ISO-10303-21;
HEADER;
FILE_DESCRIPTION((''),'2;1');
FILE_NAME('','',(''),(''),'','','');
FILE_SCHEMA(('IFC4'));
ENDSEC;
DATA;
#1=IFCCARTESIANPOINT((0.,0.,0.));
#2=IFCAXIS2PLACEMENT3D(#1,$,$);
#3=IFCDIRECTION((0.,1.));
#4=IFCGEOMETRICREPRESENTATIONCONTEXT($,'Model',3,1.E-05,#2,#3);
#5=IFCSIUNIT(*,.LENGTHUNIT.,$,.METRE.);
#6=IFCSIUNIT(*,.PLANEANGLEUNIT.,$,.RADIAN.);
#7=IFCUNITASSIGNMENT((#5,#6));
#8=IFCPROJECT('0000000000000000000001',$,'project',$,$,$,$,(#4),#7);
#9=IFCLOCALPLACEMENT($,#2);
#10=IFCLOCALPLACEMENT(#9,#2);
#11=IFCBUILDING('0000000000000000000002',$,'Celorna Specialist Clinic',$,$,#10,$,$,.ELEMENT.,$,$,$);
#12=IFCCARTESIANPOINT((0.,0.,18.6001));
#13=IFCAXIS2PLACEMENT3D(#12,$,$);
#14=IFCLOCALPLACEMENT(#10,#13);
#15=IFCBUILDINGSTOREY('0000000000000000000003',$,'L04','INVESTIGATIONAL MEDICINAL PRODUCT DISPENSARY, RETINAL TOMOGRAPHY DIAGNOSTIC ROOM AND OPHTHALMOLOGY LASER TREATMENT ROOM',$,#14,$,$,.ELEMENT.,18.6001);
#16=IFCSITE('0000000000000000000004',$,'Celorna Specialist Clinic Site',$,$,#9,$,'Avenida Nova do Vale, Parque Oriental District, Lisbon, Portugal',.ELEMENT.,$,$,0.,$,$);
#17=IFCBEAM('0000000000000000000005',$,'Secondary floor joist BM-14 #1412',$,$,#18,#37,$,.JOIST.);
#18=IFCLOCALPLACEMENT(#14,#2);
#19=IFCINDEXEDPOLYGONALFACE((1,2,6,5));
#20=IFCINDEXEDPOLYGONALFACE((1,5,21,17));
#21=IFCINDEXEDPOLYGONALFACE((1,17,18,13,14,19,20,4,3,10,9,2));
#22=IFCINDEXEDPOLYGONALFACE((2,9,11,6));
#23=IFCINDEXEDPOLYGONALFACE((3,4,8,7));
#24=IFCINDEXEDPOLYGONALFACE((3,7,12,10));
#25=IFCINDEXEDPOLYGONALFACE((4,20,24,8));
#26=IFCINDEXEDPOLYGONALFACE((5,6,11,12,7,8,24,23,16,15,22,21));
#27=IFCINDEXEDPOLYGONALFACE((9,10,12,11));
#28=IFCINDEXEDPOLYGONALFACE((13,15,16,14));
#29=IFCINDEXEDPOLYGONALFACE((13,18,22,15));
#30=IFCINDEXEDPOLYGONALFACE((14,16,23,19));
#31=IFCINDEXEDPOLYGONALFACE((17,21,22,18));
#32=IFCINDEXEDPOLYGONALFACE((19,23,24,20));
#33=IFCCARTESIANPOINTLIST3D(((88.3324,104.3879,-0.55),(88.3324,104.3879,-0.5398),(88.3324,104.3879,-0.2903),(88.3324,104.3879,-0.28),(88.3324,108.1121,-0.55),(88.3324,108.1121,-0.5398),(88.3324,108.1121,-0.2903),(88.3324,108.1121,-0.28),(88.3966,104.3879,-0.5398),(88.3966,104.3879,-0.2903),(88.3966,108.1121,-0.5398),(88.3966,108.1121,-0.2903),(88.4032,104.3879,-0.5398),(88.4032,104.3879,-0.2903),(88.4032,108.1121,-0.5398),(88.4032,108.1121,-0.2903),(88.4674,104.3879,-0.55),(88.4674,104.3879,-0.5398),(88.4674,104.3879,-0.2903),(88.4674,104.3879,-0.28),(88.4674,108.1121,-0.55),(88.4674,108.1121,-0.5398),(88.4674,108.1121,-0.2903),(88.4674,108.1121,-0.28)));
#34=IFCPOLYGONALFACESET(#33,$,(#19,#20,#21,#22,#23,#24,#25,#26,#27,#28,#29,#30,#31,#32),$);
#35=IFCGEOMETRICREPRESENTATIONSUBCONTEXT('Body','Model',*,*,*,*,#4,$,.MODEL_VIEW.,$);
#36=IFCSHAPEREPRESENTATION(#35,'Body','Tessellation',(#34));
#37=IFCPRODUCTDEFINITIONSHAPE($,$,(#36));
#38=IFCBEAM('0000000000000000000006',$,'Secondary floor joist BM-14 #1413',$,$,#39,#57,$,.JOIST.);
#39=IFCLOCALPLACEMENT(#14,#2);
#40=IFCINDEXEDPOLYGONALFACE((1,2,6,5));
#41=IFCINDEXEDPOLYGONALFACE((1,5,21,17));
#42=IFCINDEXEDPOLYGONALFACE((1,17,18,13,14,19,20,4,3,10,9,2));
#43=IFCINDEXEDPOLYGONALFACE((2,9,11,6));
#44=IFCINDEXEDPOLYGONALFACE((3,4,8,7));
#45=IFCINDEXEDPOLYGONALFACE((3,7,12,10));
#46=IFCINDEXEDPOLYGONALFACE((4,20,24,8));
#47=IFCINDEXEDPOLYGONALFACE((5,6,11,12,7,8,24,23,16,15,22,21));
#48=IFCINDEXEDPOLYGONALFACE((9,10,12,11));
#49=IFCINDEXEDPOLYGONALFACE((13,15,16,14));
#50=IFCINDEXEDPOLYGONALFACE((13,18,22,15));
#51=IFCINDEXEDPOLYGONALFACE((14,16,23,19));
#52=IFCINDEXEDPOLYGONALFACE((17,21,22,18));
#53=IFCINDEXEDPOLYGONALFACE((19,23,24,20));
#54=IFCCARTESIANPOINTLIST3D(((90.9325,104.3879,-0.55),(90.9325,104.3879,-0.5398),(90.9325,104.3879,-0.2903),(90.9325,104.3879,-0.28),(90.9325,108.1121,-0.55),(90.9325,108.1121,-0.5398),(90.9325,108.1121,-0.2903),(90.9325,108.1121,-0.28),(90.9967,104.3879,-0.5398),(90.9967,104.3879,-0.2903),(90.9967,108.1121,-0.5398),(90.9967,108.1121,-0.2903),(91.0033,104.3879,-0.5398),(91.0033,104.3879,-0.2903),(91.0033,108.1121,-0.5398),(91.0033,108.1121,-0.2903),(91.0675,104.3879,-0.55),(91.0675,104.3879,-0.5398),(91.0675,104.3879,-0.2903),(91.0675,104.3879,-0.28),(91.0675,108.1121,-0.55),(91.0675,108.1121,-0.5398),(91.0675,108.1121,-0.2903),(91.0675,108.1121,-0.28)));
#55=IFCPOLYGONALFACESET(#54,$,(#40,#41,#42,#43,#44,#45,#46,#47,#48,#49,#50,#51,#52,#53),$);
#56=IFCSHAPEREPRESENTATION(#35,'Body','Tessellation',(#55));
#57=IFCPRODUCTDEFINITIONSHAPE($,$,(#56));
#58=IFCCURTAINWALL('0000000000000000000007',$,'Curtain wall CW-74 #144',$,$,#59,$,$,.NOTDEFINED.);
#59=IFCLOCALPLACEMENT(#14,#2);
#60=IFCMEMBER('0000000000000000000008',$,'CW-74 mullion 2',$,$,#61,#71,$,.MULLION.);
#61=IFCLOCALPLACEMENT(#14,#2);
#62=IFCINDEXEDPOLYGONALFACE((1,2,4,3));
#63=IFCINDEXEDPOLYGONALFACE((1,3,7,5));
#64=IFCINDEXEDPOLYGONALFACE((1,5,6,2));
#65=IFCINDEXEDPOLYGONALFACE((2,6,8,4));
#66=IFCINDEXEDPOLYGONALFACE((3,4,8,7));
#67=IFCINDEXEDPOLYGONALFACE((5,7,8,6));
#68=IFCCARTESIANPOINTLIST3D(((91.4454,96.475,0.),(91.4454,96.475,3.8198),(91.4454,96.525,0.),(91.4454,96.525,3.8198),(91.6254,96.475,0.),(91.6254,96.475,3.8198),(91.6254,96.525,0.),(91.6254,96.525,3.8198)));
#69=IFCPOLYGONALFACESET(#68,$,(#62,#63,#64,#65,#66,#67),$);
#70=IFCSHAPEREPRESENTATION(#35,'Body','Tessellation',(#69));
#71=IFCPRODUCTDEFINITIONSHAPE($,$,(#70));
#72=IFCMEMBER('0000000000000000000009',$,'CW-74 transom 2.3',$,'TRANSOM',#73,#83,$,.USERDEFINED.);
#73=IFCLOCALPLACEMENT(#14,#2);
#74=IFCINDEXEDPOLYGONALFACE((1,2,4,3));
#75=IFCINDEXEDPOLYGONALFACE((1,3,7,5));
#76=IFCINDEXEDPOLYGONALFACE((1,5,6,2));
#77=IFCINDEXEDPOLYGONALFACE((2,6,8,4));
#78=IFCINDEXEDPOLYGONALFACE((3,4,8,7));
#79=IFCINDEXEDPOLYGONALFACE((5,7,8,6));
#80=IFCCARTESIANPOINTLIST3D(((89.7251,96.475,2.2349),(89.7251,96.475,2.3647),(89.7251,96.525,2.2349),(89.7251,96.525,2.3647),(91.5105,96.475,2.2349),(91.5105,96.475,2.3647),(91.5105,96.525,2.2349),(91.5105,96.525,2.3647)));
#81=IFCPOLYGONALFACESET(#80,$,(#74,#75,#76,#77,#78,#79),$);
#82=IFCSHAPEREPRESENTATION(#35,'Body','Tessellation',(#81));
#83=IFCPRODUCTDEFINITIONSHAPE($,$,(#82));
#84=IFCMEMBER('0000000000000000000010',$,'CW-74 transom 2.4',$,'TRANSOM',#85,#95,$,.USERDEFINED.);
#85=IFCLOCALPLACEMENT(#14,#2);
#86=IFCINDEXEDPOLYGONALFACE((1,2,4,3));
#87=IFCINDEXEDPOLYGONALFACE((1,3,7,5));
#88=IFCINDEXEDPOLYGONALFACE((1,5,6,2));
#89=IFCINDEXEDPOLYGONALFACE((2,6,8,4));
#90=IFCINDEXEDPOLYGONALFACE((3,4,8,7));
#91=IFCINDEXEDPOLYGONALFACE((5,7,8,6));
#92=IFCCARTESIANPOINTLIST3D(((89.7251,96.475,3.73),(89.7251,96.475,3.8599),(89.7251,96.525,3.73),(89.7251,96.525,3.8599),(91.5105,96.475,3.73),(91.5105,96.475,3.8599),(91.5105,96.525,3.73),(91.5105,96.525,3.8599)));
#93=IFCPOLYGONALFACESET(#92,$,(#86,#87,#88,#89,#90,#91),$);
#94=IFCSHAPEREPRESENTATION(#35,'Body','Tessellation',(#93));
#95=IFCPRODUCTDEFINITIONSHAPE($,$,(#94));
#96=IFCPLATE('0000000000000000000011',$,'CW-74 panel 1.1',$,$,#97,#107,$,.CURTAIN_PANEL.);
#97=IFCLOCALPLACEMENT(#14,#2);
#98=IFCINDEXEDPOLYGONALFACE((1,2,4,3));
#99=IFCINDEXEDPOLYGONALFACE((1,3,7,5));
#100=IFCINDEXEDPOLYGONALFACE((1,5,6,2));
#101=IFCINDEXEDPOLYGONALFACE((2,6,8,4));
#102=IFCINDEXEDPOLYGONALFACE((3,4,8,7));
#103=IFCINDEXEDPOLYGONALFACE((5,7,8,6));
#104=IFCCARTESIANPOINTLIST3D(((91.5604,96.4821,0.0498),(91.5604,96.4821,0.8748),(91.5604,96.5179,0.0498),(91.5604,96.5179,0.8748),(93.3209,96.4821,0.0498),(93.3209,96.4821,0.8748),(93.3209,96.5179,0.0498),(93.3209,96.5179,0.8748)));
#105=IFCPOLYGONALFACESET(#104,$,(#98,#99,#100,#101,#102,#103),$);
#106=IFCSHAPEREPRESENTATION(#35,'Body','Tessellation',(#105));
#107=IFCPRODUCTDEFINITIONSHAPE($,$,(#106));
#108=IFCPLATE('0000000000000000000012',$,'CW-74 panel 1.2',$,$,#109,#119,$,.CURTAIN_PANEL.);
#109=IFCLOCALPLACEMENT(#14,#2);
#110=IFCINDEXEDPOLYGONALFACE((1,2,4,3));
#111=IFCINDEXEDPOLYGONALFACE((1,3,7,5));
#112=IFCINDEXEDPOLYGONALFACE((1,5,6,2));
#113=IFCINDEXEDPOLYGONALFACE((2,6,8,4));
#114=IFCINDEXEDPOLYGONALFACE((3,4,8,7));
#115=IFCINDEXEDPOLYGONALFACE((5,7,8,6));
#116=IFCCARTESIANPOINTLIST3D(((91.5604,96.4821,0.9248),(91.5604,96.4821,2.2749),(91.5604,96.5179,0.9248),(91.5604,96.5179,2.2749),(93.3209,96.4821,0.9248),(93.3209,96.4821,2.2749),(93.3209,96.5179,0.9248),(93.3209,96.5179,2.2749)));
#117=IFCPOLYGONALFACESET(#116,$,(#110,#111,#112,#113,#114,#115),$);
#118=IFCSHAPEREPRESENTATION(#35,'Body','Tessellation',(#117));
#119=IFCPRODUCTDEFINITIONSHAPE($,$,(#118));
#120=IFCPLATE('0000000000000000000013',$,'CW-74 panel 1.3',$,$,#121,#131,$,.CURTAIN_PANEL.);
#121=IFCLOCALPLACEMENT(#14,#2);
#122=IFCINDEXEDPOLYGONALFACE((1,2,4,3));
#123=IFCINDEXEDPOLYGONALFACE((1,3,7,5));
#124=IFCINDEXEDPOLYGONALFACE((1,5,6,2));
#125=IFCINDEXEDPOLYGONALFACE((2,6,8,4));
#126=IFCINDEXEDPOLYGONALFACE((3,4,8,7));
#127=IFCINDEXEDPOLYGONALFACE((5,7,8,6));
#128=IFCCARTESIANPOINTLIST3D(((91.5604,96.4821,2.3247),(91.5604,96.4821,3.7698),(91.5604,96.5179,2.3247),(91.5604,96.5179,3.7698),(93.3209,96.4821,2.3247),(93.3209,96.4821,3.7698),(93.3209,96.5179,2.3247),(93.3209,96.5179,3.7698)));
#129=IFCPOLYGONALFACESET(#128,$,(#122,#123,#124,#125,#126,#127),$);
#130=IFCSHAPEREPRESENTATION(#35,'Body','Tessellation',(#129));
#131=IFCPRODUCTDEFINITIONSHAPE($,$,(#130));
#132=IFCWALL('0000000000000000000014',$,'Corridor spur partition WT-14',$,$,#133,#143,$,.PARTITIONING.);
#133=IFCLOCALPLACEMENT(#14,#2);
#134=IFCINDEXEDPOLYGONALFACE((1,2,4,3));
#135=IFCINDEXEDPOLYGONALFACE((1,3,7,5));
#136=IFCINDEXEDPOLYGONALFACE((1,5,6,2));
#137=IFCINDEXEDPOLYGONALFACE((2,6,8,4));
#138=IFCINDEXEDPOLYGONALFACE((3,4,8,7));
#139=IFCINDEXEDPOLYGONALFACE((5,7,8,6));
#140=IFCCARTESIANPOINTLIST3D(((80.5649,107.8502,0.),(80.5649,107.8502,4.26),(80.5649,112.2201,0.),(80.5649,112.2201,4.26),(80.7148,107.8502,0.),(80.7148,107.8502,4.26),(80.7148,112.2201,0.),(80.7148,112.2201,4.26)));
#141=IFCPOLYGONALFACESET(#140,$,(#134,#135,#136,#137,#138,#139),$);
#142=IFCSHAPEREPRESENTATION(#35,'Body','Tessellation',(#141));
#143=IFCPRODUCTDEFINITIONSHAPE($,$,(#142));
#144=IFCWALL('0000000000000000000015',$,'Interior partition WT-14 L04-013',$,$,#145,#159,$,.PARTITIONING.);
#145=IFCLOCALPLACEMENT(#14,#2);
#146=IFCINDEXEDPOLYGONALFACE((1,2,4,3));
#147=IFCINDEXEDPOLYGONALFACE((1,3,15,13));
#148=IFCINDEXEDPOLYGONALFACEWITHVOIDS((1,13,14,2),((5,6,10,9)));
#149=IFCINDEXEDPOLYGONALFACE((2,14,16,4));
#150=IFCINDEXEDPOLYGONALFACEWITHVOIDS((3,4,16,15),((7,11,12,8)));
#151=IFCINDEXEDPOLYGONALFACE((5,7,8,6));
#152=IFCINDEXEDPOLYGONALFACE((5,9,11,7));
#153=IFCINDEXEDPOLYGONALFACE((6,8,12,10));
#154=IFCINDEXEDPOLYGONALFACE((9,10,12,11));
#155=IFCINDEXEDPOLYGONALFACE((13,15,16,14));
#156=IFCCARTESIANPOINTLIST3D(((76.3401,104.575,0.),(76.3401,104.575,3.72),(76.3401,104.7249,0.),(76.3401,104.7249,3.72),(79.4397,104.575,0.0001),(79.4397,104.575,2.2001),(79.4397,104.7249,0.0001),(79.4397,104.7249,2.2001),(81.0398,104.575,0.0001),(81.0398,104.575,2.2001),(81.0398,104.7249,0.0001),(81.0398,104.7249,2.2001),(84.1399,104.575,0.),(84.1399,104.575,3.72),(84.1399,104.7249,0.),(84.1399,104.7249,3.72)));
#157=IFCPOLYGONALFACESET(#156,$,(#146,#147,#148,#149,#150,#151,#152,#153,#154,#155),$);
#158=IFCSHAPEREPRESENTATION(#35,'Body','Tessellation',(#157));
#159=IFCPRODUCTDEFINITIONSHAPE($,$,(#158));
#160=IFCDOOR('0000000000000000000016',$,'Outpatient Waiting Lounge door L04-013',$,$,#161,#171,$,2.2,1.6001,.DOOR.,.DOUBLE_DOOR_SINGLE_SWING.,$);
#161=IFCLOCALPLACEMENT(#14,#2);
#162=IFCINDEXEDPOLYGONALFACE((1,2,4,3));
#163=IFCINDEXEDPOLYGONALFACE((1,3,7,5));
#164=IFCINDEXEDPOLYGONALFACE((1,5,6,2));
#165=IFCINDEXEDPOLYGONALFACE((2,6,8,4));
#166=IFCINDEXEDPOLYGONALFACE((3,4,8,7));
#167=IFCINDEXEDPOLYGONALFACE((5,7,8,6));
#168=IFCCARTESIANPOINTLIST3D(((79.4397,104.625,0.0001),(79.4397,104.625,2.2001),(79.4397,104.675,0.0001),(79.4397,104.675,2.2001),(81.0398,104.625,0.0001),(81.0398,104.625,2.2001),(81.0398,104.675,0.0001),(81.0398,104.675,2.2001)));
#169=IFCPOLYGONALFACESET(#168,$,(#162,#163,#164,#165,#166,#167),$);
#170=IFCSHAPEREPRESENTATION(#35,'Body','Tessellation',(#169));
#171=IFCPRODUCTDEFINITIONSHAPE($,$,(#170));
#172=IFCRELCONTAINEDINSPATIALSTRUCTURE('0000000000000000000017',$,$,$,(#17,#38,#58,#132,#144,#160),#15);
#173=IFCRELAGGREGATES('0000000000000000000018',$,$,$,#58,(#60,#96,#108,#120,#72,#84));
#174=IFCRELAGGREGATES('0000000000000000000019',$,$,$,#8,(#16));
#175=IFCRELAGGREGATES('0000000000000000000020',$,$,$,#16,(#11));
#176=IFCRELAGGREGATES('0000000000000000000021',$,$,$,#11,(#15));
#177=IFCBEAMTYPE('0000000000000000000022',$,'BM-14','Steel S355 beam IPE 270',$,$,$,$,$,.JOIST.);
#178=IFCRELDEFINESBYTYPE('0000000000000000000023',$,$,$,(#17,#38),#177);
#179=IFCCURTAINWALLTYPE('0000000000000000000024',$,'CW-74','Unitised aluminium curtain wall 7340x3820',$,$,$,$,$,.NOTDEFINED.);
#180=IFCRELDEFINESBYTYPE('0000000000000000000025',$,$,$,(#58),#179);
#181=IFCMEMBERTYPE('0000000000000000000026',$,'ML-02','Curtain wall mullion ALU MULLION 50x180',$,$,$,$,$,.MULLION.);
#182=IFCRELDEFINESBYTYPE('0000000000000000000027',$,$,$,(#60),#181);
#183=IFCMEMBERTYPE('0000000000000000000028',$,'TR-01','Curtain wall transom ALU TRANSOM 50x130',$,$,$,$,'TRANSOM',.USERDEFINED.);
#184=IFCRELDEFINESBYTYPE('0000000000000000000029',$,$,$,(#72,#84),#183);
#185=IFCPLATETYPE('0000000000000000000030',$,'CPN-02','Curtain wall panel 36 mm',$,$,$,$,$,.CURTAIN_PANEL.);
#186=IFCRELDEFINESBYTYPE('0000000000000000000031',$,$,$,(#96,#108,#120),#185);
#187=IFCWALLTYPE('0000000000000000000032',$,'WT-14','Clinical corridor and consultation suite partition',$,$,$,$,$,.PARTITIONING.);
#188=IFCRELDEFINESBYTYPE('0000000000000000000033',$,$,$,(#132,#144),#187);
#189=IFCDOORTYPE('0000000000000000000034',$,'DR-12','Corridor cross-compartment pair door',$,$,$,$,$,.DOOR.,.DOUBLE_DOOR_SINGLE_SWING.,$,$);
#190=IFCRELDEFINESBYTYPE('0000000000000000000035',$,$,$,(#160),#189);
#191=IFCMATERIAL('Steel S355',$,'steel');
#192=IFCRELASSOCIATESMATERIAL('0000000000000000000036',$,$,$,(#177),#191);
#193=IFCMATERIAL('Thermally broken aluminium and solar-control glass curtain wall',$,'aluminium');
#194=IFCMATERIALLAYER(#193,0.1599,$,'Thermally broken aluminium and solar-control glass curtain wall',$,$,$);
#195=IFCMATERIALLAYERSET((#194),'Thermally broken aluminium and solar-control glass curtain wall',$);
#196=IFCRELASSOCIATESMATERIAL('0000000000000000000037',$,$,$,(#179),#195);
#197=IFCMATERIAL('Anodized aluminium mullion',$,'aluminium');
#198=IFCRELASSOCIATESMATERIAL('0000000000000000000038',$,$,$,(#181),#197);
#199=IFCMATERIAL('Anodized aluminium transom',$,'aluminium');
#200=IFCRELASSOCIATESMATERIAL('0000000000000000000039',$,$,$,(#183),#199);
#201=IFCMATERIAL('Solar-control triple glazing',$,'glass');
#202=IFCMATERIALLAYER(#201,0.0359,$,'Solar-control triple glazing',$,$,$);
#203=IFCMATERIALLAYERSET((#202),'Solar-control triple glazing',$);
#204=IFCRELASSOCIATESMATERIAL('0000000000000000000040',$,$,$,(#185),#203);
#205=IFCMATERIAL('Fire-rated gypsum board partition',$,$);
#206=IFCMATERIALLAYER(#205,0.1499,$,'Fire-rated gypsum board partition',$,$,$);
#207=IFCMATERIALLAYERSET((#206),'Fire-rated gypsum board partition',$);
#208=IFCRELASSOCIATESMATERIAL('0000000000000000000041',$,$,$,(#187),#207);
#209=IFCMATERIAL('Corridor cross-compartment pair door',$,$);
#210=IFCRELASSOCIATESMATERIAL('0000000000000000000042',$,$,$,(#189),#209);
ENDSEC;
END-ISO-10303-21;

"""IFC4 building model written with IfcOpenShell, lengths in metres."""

from ifc_helpers import new_model, si_unit, direction, frame, frame_2d, origin, origin_2d, place, context, subcontext, project, spatial, rectangle, i_section, extrude, material, layer, layer_set, material_profile, profile_set, type_object, element, fill, aggregate, save


model = new_model("IFC4")

# Units and contexts
model_context = context("Model", 3, precision=1e-05, world=origin(), true_north=direction((0.0, 1.0)))
body_context = subcontext(model_context, "Body", "Model", "MODEL_VIEW")
ifc_project = project(units=[si_unit("LENGTHUNIT", "METRE"), si_unit("PLANEANGLEUNIT", "RADIAN")], contexts=[model_context])

# Site, building, storey
site_placement = place(None, origin())
site = spatial("IfcSite", under=ifc_project, at=site_placement, Name="Celorna Specialist Clinic Site", LongName="Avenida Nova do Vale, Parque Oriental District, Lisbon, Portugal", CompositionType="ELEMENT", RefElevation=0.0)
building_placement = place(site_placement, origin())
building = spatial("IfcBuilding", under=site, at=building_placement, Name="Celorna Specialist Clinic", CompositionType="ELEMENT")
storey_placement = place(building_placement, frame((0.0, 0.0, 18.6001)))
storey = spatial("IfcBuildingStorey", under=building, at=storey_placement, Name="L04", Description="INVESTIGATIONAL MEDICINAL PRODUCT DISPENSARY, RETINAL TOMOGRAPHY DIAGNOSTIC ROOM AND OPHTHALMOLOGY LASER TREATMENT ROOM", CompositionType="ELEMENT", Elevation=18.6001)

# Beams
ifc_material_1 = material(Name="Steel S355", Category="steel")
ifc_material_profile_1 = material_profile(ifc_material_1, i_section(OverallWidth=0.135, OverallDepth=0.27, WebThickness=0.0066, FlangeThickness=0.0103, at=origin_2d()), Name="IPE 270")
ifc_profile_set_1 = profile_set([ifc_material_profile_1], Name="Steel S355")
beam_type_1 = type_object("IfcBeamType", Name="BM-14", Description="Steel S355 beam IPE 270", PredefinedType="JOIST", material=ifc_profile_set_1)
for number, where, z_axis, x_axis, name in (
    (1, (88.3999, 104.3879, -0.415), (0.0, 1.0, 0.0), (-1.0, 0.0, 0.0), "Secondary floor joist BM-14 #1412"),
    (2, (91.0, 104.3879, -0.415), (0.0, 1.0, 0.0), (-1.0, 0.0, 0.0), "Secondary floor joist BM-14 #1413"),
):
    element("IfcBeam", number, at=place(storey_placement, frame(where, z_axis=z_axis, x_axis=x_axis)), inside=storey, type_object=beam_type_1, Name=name, PredefinedType="JOIST", context=body_context, shape_type="SweptSolid", body=[
        extrude(i_section(OverallWidth=0.135, OverallDepth=0.27, WebThickness=0.0066, FlangeThickness=0.0103, at=origin_2d()), origin(), (0.0, 0.0, 1.0), 3.7241),
    ])

# Curtain wall, members, plates
ifc_material_2 = material(Name="Thermally broken aluminium and solar-control glass curtain wall", Category="aluminium")
ifc_layer_1 = layer(ifc_material_2, 0.1599, Name="Thermally broken aluminium and solar-control glass curtain wall")
ifc_layer_set_1 = layer_set([ifc_layer_1], Name="Thermally broken aluminium and solar-control glass curtain wall")
curtain_wall_type = type_object("IfcCurtainWallType", Name="CW-74", Description="Unitised aluminium curtain wall 7340x3820", PredefinedType="NOTDEFINED", material=ifc_layer_set_1)
curtain_wall_placement = place(storey_placement, origin())
curtain_wall = element("IfcCurtainWall", 3, at=curtain_wall_placement, inside=storey, type_object=curtain_wall_type, Name="Curtain wall CW-74 #144", PredefinedType="NOTDEFINED")
ifc_material_3 = material(Name="Anodized aluminium mullion", Category="aluminium")
ifc_material_profile_2 = material_profile(ifc_material_3, rectangle(XDim=0.05, YDim=0.1799, at=origin_2d()), Name="ALU MULLION 50x180")
ifc_profile_set_2 = profile_set([ifc_material_profile_2], Name="Anodized aluminium mullion")
member_type_1 = type_object("IfcMemberType", Name="ML-02", Description="Curtain wall mullion ALU MULLION 50x180", PredefinedType="MULLION", material=ifc_profile_set_2)
member_1_placement = place(storey_placement, frame((91.5354, 96.5, 0.0), z_axis=(0.0, 0.0, 1.0), x_axis=(0.0, -1.0, 0.0)))
member_1 = element("IfcMember", 4, at=member_1_placement, type_object=member_type_1, Name="CW-74 mullion 2", PredefinedType="MULLION", context=body_context, shape_type="SweptSolid", body=[
    extrude(rectangle(XDim=0.05, YDim=0.1799, at=origin_2d()), origin(), (0.0, 0.0, 1.0), 3.8198),
])
ifc_material_4 = material(Name="Anodized aluminium transom", Category="aluminium")
ifc_material_profile_3 = material_profile(ifc_material_4, rectangle(XDim=0.05, YDim=0.1299, at=origin_2d()), Name="ALU TRANSOM 50x130")
ifc_profile_set_3 = profile_set([ifc_material_profile_3], Name="Anodized aluminium transom")
member_type_2 = type_object("IfcMemberType", Name="TR-01", Description="Curtain wall transom ALU TRANSOM 50x130", ElementType="TRANSOM", PredefinedType="USERDEFINED", material=ifc_profile_set_3)
member_2_placement = place(storey_placement, frame((91.5105, 96.5, 2.2998), z_axis=(-1.0, 0.0, 0.0), x_axis=(0.0, -1.0, 0.0)))
member_2 = element("IfcMember", 5, at=member_2_placement, type_object=member_type_2, Name="CW-74 transom 2.3", ObjectType="TRANSOM", PredefinedType="USERDEFINED", context=body_context, shape_type="SweptSolid", body=[
    extrude(rectangle(XDim=0.05, YDim=0.1299, at=origin_2d()), origin(), (0.0, 0.0, 1.0), 1.7854),
])
member_3_placement = place(storey_placement, frame((91.5105, 96.5, 3.7949), z_axis=(-1.0, 0.0, 0.0), x_axis=(0.0, -1.0, 0.0)))
member_3 = element("IfcMember", 6, at=member_3_placement, type_object=member_type_2, Name="CW-74 transom 2.4", ObjectType="TRANSOM", PredefinedType="USERDEFINED", context=body_context, shape_type="SweptSolid", body=[
    extrude(rectangle(XDim=0.05, YDim=0.1299, at=origin_2d()), origin(), (0.0, 0.0, 1.0), 1.7854),
])
ifc_material_5 = material(Name="Solar-control triple glazing", Category="glass")
ifc_layer_2 = layer(ifc_material_5, 0.0359, Name="Solar-control triple glazing")
ifc_layer_set_2 = layer_set([ifc_layer_2], Name="Solar-control triple glazing")
plate_type = type_object("IfcPlateType", Name="CPN-02", Description="Curtain wall panel 36 mm", PredefinedType="CURTAIN_PANEL", material=ifc_layer_set_2)
plate_1_placement = place(storey_placement, frame((92.4407, 96.5, 0.0498), z_axis=(0.0, 0.0, 1.0), x_axis=(-1.0, 0.0, 0.0)))
plate_1 = element("IfcPlate", 7, at=plate_1_placement, type_object=plate_type, Name="CW-74 panel 1.1", PredefinedType="CURTAIN_PANEL", context=body_context, shape_type="SweptSolid", body=[
    extrude(rectangle(XDim=1.7605, YDim=0.0359, at=origin_2d()), origin(), (0.0, 0.0, 1.0), 0.825),
])
plate_2_placement = place(storey_placement, frame((92.4407, 96.5, 0.9248), z_axis=(0.0, 0.0, 1.0), x_axis=(-1.0, 0.0, 0.0)))
plate_2 = element("IfcPlate", 8, at=plate_2_placement, type_object=plate_type, Name="CW-74 panel 1.2", PredefinedType="CURTAIN_PANEL", context=body_context, shape_type="SweptSolid", body=[
    extrude(rectangle(XDim=1.7605, YDim=0.0359, at=origin_2d()), origin(), (0.0, 0.0, 1.0), 1.3501),
])
plate_3_placement = place(storey_placement, frame((92.4407, 96.5, 2.3247), z_axis=(0.0, 0.0, 1.0), x_axis=(-1.0, 0.0, 0.0)))
plate_3 = element("IfcPlate", 9, at=plate_3_placement, type_object=plate_type, Name="CW-74 panel 1.3", PredefinedType="CURTAIN_PANEL", context=body_context, shape_type="SweptSolid", body=[
    extrude(rectangle(XDim=1.7605, YDim=0.0359, at=origin_2d()), origin(), (0.0, 0.0, 1.0), 1.4451),
])
aggregate(curtain_wall, [member_1, plate_1, plate_2, plate_3, member_2, member_3])

# Wall
ifc_material_6 = material(Name="Fire-rated gypsum board partition")
ifc_layer_3 = layer(ifc_material_6, 0.1499, Name="Fire-rated gypsum board partition")
ifc_layer_set_3 = layer_set([ifc_layer_3], Name="Fire-rated gypsum board partition")
wall_type_1 = type_object("IfcWallType", Name="WT-14", Description="Clinical corridor and consultation suite partition", PredefinedType="PARTITIONING", material=ifc_layer_set_3)
wall_1_placement = place(storey_placement, frame((80.6399, 107.8501, 0.0), z_axis=(0.0, 0.0, 1.0), x_axis=(0.0, 1.0, 0.0)))
element("IfcWall", 10, at=wall_1_placement, inside=storey, type_object=wall_type_1, Name="Corridor spur partition WT-14", PredefinedType="PARTITIONING", context=body_context, shape_type="SweptSolid", body=[
    extrude(rectangle(XDim=4.3699, YDim=0.1499, at=frame_2d((2.1851, 0.0))), origin(), (0.0, 0.0, 1.0), 4.26),
])

# Wall, opening, door
wall_2_placement = place(storey_placement, frame((84.1399, 104.6499, 0.0), z_axis=(0.0, 0.0, 1.0), x_axis=(-1.0, 0.0, 0.0)))
wall_2 = element("IfcWall", 11, at=wall_2_placement, inside=storey, type_object=wall_type_1, Name="Interior partition WT-14 L04-013", PredefinedType="PARTITIONING", context=body_context, shape_type="SweptSolid", body=[
    extrude(rectangle(XDim=7.7998, YDim=0.1499, at=frame_2d((3.8999, 0.0))), origin(), (0.0, 0.0, 1.0), 3.72),
])
opening_1_placement = place(wall_2_placement, frame((3.1001, 0.0, 0.0)))
opening_1 = element("IfcOpeningElement", 12, at=opening_1_placement, cuts=wall_2, PredefinedType="OPENING", context=body_context, shape_type="SweptSolid", body=[
    extrude(rectangle(XDim=1.6001, YDim=2.2, at=frame_2d((0.8, 1.1001))), frame((0.0, 0.085, 0.0), z_axis=(0.0, -1.0, 0.0), x_axis=(1.0, 0.0, 0.0)), (0.0, 0.0, 1.0), 0.1699),
])
ifc_material_7 = material(Name="Corridor cross-compartment pair door")
door_type_1 = type_object("IfcDoorType", Name="DR-12", Description="Corridor cross-compartment pair door", OperationType="DOUBLE_DOOR_SINGLE_SWING", PredefinedType="DOOR", material=ifc_material_7)
door_1_placement = place(opening_1_placement, origin())
door_1 = element("IfcDoor", 13, at=door_1_placement, inside=storey, type_object=door_type_1, Name="Outpatient Waiting Lounge door L04-013", OperationType="DOUBLE_DOOR_SINGLE_SWING", OverallHeight=2.2, OverallWidth=1.6001, PredefinedType="DOOR", context=body_context, shape_type="SweptSolid", body=[
    extrude(rectangle(XDim=1.6001, YDim=2.2, at=frame_2d((0.8, 1.1001))), frame((0.0, 0.0249, 0.0), z_axis=(0.0, -1.0, 0.0), x_axis=(1.0, 0.0, 0.0)), (0.0, 0.0, 1.0), 0.05),
])
fill(opening_1, door_1)

save(model, "model.ifc")
